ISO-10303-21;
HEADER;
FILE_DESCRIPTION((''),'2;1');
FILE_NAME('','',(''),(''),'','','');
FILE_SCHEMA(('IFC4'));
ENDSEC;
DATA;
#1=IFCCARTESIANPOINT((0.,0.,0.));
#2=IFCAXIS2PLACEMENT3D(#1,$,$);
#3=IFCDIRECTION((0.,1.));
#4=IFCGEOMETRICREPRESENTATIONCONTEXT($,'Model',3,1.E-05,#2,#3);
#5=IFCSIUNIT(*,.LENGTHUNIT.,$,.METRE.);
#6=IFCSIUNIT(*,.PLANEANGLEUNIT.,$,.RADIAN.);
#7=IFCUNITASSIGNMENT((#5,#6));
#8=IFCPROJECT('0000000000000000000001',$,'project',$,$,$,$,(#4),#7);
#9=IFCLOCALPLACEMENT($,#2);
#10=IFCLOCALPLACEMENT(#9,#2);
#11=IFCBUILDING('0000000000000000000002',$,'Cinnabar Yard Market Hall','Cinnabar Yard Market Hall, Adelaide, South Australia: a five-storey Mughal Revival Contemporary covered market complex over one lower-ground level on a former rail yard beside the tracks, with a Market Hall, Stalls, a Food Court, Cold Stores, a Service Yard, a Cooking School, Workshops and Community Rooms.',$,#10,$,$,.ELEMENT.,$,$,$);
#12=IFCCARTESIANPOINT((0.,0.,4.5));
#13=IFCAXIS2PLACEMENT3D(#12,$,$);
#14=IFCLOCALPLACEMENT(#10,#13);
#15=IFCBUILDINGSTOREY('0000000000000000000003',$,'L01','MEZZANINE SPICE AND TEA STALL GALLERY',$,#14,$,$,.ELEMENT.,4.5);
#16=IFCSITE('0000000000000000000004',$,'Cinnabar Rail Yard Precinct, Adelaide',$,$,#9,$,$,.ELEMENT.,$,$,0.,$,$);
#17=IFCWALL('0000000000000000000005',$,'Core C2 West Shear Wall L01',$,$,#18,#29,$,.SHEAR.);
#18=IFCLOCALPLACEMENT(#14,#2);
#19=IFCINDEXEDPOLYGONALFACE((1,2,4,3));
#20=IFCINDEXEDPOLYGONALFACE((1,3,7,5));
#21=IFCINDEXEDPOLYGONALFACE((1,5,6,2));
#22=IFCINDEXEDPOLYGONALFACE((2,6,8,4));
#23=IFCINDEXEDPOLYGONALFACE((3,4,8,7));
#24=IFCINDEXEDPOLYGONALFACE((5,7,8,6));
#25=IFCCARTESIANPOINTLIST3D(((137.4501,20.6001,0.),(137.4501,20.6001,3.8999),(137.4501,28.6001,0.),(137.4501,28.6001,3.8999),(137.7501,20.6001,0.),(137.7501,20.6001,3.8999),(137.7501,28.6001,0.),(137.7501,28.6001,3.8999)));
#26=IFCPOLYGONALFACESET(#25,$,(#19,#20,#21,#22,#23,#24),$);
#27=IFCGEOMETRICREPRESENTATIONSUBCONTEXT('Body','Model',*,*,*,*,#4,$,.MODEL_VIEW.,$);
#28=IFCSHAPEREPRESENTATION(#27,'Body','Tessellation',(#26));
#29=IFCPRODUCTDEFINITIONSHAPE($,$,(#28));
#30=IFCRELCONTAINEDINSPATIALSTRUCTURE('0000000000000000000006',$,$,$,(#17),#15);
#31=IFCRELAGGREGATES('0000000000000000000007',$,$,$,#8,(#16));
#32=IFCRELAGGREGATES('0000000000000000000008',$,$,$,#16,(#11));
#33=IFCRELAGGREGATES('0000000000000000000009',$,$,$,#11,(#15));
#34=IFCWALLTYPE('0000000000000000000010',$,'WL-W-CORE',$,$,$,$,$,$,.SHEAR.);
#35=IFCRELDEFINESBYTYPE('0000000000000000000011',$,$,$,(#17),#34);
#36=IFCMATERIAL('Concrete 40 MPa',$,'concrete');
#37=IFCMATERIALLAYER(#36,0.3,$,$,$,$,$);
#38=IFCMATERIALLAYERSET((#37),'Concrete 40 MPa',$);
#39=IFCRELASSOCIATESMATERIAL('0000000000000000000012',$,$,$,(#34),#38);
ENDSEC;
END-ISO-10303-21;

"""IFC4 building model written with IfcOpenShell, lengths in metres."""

from ifc_helpers import new_model, si_unit, direction, frame, frame_2d, origin, place, context, subcontext, project, spatial, rectangle, extrude, material, layer, layer_set, type_object, element, save


model = new_model("IFC4")

# Units and contexts
model_context = context("Model", 3, precision=1e-05, world=origin(), true_north=direction((0.0, 1.0)))
body_context = subcontext(model_context, "Body", "Model", "MODEL_VIEW")
ifc_project = project(units=[si_unit("LENGTHUNIT", "METRE"), si_unit("PLANEANGLEUNIT", "RADIAN")], contexts=[model_context])

# Site, building, storey
site_placement = place(None, origin())
site = spatial("IfcSite", under=ifc_project, at=site_placement, Name="Cinnabar Rail Yard Precinct, Adelaide", CompositionType="ELEMENT", RefElevation=0.0)
building_placement = place(site_placement, origin())
building = spatial("IfcBuilding", under=site, at=building_placement, Name="Cinnabar Yard Market Hall", Description="Cinnabar Yard Market Hall, Adelaide, South Australia: a five-storey Mughal Revival Contemporary covered market complex over one lower-ground level on a former rail yard beside the tracks, with a Market Hall, Stalls, a Food Court, Cold Stores, a Service Yard, a Cooking School, Workshops and Community Rooms.", CompositionType="ELEMENT")
storey_placement = place(building_placement, frame((0.0, 0.0, 4.5)))
storey = spatial("IfcBuildingStorey", under=building, at=storey_placement, Name="L01", Description="MEZZANINE SPICE AND TEA STALL GALLERY", CompositionType="ELEMENT", Elevation=4.5)

# Wall
ifc_material_1 = material(Name="Concrete 40 MPa", Category="concrete")
ifc_layer_1 = layer(ifc_material_1, 0.3)
ifc_layer_set_1 = layer_set([ifc_layer_1], Name="Concrete 40 MPa")
wall_type_1 = type_object("IfcWallType", Name="WL-W-CORE", PredefinedType="SHEAR", material=ifc_layer_set_1)
wall_1_placement = place(storey_placement, frame((137.6001, 28.6001, 0.0), z_axis=(0.0, 0.0, 1.0), x_axis=(0.0, -1.0, 0.0)))
element("IfcWall", 1, at=wall_1_placement, inside=storey, type_object=wall_type_1, Name="Core C2 West Shear Wall L01", PredefinedType="SHEAR", context=body_context, shape_type="SweptSolid", body=[
    extrude(rectangle(XDim=8.0, YDim=0.3, at=frame_2d((4.0, 0.0), x_axis=(1.0, 0.0))), origin(), (0.0, 0.0, 1.0), 3.8999),
])

save(model, "model.ifc")
